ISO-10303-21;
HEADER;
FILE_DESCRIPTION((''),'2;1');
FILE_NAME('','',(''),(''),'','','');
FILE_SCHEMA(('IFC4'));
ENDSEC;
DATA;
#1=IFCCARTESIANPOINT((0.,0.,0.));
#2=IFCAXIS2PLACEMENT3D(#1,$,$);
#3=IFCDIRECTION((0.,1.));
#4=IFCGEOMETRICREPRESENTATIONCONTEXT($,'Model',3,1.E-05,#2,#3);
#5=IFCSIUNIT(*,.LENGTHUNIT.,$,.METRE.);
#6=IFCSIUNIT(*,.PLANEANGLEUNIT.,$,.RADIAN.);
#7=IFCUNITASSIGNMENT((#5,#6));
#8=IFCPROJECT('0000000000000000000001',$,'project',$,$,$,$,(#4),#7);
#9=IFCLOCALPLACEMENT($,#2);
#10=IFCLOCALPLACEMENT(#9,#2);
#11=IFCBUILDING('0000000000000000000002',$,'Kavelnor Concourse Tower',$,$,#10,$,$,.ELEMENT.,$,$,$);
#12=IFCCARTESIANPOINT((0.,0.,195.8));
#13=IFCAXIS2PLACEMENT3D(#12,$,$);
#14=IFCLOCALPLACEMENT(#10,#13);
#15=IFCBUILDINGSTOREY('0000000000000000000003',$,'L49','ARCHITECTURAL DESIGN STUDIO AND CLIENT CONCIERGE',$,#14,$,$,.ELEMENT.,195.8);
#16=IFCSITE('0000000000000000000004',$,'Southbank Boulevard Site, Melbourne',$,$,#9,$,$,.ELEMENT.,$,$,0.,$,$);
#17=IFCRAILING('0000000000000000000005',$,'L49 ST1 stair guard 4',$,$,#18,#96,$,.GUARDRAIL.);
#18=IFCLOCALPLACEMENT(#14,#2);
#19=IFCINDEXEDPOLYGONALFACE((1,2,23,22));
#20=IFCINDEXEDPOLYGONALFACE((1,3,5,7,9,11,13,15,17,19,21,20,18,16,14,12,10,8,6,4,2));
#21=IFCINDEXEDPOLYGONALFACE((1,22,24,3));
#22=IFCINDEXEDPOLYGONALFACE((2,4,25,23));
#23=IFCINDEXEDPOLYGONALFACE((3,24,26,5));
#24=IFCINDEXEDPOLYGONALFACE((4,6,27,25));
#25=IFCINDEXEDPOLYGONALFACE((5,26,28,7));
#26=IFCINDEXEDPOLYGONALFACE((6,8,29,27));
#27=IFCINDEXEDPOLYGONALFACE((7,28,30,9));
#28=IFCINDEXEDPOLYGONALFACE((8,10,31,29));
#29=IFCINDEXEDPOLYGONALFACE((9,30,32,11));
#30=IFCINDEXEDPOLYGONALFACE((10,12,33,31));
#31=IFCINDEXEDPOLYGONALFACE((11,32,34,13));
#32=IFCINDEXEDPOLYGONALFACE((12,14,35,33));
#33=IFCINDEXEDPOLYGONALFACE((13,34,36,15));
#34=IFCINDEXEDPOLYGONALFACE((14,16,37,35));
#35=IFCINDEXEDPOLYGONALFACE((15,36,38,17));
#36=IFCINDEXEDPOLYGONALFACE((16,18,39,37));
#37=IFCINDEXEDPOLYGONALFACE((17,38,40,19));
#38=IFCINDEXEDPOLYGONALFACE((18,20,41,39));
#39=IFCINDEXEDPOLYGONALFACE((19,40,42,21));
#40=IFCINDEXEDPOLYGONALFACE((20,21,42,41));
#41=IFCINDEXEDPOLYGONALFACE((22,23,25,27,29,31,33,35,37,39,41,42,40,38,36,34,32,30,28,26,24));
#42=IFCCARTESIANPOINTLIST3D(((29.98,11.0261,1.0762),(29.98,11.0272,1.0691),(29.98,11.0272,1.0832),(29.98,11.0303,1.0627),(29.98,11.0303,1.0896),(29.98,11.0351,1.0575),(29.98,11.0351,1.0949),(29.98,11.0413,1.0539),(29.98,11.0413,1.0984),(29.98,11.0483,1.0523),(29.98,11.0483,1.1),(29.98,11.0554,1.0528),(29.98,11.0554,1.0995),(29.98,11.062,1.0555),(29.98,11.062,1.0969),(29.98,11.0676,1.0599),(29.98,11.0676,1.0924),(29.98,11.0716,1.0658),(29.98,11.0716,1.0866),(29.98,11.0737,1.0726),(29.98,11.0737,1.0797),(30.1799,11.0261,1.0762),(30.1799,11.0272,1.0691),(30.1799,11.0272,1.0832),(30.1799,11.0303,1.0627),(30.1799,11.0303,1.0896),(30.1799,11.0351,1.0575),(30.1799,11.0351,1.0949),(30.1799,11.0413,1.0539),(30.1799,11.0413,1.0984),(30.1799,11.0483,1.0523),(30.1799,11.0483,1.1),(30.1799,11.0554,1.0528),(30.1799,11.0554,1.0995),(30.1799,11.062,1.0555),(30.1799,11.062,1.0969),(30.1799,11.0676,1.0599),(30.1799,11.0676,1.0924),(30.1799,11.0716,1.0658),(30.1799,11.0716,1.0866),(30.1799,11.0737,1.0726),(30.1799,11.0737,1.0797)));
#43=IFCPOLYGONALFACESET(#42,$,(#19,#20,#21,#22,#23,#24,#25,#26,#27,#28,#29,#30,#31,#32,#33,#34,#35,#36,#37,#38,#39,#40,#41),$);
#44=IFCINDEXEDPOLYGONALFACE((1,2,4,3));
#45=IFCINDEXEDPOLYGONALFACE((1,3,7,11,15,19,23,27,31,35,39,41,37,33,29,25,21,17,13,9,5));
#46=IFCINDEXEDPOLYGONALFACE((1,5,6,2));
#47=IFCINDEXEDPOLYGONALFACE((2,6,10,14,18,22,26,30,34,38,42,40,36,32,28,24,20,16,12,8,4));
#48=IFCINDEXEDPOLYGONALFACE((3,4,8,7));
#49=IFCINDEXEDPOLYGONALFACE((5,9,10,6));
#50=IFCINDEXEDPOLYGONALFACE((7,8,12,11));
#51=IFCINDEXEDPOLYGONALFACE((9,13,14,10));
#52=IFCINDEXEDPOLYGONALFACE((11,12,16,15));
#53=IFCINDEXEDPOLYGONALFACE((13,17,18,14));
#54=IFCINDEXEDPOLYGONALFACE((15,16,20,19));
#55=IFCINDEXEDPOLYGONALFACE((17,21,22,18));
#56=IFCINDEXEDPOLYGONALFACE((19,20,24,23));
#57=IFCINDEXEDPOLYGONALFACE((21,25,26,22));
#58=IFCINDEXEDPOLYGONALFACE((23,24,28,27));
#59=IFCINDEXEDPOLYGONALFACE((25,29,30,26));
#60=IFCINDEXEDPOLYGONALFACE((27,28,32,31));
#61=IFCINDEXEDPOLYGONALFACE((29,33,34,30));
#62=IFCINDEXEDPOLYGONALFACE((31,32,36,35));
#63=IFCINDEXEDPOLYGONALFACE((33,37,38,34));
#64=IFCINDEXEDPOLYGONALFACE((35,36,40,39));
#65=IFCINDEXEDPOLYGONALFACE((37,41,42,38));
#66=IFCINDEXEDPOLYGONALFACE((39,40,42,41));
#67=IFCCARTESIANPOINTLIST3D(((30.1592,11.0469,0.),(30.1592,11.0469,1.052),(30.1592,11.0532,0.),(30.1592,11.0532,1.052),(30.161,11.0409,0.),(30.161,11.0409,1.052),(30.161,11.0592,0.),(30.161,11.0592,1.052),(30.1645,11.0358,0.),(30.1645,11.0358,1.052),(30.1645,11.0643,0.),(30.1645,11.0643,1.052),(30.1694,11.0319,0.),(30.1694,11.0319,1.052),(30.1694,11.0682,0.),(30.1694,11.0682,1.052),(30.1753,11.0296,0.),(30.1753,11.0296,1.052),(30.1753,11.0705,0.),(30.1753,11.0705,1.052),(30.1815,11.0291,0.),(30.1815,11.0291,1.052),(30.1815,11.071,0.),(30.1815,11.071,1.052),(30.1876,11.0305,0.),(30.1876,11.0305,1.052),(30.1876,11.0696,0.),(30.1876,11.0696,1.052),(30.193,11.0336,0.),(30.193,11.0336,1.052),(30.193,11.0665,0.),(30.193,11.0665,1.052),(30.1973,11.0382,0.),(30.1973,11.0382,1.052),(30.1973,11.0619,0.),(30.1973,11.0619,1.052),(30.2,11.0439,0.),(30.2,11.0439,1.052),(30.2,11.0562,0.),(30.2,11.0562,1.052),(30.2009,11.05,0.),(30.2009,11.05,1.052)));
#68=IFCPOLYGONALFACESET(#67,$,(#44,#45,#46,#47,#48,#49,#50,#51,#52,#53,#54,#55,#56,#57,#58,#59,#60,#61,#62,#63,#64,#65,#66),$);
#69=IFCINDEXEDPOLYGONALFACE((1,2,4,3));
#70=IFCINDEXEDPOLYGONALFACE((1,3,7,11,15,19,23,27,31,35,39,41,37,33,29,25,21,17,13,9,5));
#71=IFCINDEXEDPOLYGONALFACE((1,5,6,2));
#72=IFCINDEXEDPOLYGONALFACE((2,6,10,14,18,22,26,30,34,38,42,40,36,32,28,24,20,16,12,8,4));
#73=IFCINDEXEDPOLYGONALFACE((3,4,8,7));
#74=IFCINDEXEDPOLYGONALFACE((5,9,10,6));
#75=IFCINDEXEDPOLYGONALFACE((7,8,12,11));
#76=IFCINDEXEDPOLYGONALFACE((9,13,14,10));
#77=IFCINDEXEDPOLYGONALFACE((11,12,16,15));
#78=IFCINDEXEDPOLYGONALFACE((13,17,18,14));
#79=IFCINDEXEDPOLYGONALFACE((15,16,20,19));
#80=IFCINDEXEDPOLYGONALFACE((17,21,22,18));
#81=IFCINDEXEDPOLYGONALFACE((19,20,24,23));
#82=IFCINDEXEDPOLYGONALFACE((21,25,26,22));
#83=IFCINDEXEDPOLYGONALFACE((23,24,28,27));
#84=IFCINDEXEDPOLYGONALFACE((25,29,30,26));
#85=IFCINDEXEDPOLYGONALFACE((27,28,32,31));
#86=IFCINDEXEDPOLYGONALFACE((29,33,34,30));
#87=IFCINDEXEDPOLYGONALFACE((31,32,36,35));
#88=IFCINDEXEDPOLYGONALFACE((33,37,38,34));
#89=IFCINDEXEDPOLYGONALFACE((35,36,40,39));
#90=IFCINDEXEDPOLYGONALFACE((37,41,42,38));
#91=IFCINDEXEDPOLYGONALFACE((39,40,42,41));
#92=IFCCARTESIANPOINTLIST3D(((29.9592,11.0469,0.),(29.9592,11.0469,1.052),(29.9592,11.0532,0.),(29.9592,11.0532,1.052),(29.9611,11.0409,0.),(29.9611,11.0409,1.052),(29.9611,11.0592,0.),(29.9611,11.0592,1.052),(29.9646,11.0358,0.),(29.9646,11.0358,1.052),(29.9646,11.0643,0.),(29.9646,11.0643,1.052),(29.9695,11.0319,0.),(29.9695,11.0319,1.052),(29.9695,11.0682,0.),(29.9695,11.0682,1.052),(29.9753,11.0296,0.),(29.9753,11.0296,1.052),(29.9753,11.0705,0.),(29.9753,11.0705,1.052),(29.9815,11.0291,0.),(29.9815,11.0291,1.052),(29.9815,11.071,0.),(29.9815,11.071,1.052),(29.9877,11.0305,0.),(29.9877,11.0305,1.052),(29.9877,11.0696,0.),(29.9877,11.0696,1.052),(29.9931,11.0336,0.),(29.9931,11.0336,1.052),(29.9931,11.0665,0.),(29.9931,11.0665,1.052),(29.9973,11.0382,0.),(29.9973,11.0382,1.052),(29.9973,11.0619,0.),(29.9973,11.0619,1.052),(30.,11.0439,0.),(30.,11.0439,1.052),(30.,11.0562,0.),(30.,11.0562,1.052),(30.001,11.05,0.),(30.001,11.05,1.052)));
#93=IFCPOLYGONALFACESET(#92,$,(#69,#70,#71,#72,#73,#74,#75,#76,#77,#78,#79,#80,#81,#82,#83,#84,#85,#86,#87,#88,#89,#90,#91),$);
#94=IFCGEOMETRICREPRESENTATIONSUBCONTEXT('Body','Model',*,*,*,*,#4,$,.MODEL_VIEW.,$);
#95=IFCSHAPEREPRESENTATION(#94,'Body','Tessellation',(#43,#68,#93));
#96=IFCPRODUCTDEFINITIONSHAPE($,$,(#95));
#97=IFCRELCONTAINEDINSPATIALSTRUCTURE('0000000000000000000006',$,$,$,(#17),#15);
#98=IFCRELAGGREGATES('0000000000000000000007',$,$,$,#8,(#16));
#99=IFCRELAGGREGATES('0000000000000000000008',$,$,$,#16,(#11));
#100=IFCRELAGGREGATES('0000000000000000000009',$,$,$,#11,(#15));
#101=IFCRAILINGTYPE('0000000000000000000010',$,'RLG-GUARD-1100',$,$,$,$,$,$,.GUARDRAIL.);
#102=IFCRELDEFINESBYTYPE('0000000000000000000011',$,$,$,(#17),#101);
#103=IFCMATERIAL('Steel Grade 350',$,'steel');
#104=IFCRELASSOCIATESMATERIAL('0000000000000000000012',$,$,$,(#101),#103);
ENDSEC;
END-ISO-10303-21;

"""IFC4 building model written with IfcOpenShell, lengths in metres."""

from ifc_helpers import new_model, si_unit, direction, frame, origin, origin_2d, place, context, subcontext, project, spatial, circle, extrude, material, type_object, element, save


model = new_model("IFC4")

# Units and contexts
model_context = context("Model", 3, precision=1e-05, world=origin(), true_north=direction((0.0, 1.0)))
body_context = subcontext(model_context, "Body", "Model", "MODEL_VIEW")
ifc_project = project(units=[si_unit("LENGTHUNIT", "METRE"), si_unit("PLANEANGLEUNIT", "RADIAN")], contexts=[model_context])

# Site, building, storey
site_placement = place(None, origin())
site = spatial("IfcSite", under=ifc_project, at=site_placement, Name="Southbank Boulevard Site, Melbourne", CompositionType="ELEMENT", RefElevation=0.0)
building_placement = place(site_placement, origin())
building = spatial("IfcBuilding", under=site, at=building_placement, Name="Kavelnor Concourse Tower", CompositionType="ELEMENT")
storey_placement = place(building_placement, frame((0.0, 0.0, 195.8)))
storey = spatial("IfcBuildingStorey", under=building, at=storey_placement, Name="L49", Description="ARCHITECTURAL DESIGN STUDIO AND CLIENT CONCIERGE", CompositionType="ELEMENT", Elevation=195.8)

# Shared definitions
ifc_material_1 = material(Name="Steel Grade 350", Category="steel")

# Railing
railing_type_1 = type_object("IfcRailingType", Name="RLG-GUARD-1100", PredefinedType="GUARDRAIL", material=ifc_material_1)
railing_1_placement = place(storey_placement, frame((30.1799, 11.05, 0.0)))
element("IfcRailing", 1, at=railing_1_placement, inside=storey, type_object=railing_type_1, Name="L49 ST1 stair guard 4", PredefinedType="GUARDRAIL", context=body_context, shape_type="SweptSolid", body=[
    extrude(circle(Radius=0.0239, at=origin_2d()), frame((0.0, 0.0, 1.0762), z_axis=(-1.0, 0.0, 0.0), x_axis=(0.0, -1.0, 0.0)), (0.0, 0.0, 1.0), 0.2),
    extrude(circle(Radius=0.021, at=origin_2d()), origin(), (0.0, 0.0, 1.0), 1.052),
    extrude(circle(Radius=0.021, at=origin_2d()), frame((-0.2, 0.0, 0.0)), (0.0, 0.0, 1.0), 1.052),
])

save(model, "model.ifc")
